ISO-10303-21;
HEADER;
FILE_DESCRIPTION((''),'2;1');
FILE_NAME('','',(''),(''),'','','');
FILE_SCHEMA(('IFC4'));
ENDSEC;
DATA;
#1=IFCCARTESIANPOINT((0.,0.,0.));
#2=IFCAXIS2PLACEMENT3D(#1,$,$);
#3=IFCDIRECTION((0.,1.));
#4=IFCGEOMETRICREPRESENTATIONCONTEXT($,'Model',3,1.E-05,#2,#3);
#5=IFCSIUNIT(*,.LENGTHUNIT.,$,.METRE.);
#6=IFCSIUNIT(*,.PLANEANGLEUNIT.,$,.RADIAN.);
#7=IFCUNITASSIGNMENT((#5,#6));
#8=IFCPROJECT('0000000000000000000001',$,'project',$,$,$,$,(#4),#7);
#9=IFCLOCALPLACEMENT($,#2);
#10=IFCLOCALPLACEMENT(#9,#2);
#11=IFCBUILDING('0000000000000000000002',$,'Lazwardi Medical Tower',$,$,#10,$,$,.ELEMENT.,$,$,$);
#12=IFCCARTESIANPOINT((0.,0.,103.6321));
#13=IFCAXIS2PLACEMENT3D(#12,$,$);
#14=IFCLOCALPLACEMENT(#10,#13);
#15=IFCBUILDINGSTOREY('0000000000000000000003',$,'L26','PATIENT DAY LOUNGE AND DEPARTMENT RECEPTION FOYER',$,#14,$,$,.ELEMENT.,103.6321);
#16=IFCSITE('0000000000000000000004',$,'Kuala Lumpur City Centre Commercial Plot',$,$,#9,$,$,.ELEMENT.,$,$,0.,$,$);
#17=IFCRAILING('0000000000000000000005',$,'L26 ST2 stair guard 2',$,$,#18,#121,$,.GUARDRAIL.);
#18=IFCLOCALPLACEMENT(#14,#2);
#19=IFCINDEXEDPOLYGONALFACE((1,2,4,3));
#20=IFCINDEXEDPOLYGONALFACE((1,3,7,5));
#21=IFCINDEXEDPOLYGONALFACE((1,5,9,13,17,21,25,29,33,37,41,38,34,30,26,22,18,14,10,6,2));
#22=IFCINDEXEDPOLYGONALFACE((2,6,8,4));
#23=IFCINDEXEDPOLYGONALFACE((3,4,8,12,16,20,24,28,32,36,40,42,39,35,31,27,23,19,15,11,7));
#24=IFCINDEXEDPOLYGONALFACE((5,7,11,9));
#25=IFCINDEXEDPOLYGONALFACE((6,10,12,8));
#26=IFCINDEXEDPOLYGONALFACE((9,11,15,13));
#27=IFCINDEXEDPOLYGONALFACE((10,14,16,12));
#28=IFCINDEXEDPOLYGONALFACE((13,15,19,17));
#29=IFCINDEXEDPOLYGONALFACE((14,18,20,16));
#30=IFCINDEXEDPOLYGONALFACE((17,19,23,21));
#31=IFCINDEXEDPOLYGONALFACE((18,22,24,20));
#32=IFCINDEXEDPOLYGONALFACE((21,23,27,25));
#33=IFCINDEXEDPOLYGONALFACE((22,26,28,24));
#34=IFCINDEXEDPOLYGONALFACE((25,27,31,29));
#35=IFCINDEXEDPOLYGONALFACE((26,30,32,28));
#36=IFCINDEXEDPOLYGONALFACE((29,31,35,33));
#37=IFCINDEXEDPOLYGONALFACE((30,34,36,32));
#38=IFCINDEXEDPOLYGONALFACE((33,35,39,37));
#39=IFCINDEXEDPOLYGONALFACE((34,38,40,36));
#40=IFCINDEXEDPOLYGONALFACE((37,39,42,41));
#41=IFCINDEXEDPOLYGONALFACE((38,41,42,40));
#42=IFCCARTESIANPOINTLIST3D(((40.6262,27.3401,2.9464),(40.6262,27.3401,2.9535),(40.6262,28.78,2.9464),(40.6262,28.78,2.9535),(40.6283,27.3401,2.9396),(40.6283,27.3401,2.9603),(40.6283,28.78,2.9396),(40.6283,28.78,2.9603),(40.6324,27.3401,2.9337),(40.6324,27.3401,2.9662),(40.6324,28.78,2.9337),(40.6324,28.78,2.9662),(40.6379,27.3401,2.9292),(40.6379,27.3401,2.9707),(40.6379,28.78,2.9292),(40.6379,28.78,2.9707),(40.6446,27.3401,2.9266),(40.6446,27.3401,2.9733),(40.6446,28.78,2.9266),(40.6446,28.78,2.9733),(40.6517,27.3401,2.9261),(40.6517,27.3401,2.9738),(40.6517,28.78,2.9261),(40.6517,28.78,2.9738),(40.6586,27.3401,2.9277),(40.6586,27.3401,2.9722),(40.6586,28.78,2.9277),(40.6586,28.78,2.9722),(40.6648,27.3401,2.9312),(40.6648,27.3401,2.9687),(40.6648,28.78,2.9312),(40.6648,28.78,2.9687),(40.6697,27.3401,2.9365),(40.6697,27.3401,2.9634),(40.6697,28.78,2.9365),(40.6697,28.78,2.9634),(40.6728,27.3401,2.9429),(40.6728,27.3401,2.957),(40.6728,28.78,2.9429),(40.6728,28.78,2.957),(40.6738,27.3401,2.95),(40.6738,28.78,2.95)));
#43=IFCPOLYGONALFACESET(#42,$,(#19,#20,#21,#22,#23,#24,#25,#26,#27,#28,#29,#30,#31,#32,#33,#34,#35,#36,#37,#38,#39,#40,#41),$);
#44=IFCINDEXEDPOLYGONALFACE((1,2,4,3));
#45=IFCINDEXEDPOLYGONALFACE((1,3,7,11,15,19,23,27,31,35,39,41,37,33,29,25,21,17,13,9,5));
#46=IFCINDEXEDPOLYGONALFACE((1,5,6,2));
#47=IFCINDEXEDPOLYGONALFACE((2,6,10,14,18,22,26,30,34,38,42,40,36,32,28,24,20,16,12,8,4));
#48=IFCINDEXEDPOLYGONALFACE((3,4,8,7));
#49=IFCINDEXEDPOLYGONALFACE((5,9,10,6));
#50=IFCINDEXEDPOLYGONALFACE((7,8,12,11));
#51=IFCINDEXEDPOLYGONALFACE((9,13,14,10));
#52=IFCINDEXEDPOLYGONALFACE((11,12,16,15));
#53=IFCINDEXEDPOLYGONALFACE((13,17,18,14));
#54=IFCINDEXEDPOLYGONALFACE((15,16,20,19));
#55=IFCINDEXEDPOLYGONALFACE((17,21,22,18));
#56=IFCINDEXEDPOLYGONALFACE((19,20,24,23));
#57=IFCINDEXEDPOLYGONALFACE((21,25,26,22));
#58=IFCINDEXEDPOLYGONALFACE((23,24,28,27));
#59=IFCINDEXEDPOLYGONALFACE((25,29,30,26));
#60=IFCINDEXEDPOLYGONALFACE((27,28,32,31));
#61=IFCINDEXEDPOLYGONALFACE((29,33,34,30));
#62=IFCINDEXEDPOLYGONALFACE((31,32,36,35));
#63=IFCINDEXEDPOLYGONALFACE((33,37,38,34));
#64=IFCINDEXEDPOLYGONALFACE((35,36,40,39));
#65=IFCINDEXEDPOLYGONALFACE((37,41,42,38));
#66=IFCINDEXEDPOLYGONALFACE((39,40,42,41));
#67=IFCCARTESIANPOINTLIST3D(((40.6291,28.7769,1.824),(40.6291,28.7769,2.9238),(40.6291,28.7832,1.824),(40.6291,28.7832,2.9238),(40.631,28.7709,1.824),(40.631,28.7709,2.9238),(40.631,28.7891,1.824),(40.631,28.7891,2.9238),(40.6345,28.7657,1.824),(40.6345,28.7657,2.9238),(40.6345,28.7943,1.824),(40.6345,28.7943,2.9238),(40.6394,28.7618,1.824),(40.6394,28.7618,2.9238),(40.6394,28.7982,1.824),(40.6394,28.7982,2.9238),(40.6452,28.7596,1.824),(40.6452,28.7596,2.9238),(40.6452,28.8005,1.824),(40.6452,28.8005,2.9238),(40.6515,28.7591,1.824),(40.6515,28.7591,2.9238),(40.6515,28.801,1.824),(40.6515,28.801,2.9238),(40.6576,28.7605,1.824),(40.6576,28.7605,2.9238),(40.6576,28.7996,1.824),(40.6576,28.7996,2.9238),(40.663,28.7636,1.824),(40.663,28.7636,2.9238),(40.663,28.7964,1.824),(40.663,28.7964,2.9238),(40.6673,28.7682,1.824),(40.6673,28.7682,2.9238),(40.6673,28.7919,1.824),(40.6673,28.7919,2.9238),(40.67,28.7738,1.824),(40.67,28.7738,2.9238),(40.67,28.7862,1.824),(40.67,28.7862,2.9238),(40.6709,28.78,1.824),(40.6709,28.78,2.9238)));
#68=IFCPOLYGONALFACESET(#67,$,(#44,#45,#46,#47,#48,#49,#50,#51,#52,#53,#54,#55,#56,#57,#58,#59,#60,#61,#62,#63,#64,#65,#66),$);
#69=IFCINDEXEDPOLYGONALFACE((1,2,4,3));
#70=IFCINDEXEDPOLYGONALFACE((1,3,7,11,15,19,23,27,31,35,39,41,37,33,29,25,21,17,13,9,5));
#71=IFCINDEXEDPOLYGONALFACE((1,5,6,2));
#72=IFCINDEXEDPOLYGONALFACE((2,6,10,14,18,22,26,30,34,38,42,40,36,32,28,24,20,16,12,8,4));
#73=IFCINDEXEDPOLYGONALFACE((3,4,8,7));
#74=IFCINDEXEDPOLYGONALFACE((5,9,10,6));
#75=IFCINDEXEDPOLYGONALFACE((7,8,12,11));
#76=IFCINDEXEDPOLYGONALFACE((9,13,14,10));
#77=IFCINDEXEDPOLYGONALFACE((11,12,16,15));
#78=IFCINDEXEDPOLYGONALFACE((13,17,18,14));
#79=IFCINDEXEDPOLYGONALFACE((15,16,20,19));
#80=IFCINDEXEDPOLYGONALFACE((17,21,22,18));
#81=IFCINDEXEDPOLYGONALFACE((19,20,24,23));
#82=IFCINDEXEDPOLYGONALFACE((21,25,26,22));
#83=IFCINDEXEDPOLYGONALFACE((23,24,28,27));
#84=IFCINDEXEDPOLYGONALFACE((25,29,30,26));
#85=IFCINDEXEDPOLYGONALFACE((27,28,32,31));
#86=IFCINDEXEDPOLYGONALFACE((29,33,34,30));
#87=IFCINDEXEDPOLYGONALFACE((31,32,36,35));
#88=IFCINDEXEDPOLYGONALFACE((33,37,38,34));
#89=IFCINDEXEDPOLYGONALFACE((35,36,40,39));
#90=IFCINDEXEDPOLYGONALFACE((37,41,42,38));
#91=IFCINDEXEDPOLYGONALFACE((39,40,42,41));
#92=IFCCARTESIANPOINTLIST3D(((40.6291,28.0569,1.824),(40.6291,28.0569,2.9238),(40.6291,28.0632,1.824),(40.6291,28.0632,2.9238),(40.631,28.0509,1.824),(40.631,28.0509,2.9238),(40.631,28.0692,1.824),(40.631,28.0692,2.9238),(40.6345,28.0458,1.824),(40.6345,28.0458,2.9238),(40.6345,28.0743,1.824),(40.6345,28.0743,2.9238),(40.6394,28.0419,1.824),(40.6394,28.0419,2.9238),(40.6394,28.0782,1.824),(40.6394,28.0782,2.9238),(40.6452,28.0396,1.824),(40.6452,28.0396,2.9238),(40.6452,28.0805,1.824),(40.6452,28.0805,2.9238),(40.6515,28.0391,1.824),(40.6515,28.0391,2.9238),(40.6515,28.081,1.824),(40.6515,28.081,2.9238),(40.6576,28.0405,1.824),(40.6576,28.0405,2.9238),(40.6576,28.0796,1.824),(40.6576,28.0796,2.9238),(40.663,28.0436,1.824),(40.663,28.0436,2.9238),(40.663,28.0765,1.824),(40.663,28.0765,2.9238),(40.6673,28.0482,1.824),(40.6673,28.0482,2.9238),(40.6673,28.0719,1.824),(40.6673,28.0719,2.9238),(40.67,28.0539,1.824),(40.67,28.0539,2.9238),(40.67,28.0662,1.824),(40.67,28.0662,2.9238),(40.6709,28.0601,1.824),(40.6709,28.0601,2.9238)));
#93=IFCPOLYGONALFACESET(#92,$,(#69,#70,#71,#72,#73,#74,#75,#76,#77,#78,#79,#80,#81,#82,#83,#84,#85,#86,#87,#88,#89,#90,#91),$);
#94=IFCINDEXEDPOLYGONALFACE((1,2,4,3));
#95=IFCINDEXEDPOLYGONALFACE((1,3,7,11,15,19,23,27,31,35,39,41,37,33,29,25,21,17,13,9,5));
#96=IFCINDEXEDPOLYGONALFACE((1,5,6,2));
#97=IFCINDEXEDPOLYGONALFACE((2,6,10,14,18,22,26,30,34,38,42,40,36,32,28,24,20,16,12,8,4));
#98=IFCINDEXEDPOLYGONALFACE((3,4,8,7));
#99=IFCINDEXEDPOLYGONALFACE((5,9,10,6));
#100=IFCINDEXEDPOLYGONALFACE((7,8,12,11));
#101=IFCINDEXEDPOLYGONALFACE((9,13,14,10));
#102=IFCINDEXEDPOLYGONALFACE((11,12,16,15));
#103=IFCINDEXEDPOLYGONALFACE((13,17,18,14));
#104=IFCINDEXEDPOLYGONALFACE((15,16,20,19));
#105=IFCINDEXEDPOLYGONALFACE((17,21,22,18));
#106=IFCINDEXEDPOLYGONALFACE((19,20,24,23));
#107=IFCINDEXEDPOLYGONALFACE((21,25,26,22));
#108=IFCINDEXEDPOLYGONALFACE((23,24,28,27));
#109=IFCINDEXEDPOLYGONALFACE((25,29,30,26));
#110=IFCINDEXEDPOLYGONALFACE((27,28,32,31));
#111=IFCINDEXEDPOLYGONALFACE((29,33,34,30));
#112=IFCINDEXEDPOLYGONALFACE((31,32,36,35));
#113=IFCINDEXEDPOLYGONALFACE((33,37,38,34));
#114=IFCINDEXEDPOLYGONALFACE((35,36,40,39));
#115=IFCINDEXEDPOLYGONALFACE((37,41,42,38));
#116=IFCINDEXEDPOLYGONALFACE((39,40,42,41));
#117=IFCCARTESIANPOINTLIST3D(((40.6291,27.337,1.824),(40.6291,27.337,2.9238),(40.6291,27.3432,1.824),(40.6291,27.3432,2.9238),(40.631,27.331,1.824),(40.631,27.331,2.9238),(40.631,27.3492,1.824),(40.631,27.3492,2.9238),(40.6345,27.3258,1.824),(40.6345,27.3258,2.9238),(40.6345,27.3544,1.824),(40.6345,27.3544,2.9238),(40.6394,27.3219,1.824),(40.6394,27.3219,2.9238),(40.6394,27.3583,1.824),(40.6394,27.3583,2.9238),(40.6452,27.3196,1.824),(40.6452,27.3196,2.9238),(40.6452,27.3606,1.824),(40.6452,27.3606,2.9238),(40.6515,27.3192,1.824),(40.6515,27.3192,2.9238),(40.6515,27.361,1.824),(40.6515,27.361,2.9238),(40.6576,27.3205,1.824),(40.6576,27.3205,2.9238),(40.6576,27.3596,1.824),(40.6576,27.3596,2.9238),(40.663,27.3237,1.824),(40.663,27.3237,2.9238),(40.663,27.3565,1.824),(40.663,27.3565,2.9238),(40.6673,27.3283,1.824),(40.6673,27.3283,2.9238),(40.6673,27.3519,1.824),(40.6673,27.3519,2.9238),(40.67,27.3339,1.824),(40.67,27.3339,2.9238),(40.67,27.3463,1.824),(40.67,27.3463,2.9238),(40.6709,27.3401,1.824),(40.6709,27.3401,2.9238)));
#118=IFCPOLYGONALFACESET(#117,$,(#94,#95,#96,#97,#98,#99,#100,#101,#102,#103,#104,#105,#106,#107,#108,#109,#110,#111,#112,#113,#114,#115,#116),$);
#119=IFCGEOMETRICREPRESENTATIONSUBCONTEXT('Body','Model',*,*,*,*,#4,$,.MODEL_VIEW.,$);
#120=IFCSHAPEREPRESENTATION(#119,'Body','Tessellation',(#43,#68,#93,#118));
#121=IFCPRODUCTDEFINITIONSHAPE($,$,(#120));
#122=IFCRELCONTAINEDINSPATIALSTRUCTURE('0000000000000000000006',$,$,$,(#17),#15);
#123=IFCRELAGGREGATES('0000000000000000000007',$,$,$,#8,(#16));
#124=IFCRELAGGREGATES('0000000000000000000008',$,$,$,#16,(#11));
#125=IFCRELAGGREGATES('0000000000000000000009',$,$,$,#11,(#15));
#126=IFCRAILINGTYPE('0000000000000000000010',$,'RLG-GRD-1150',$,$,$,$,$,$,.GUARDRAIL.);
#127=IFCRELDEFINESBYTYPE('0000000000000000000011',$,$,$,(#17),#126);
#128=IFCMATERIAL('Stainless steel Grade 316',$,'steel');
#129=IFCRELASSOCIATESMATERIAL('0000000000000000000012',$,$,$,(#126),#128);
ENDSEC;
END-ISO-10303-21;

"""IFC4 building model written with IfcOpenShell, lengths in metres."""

from ifc_helpers import new_model, si_unit, direction, frame, origin, origin_2d, place, context, subcontext, project, spatial, circle, extrude, material, type_object, element, save


model = new_model("IFC4")

# Units and contexts
model_context = context("Model", 3, precision=1e-05, world=origin(), true_north=direction((0.0, 1.0)))
body_context = subcontext(model_context, "Body", "Model", "MODEL_VIEW")
ifc_project = project(units=[si_unit("LENGTHUNIT", "METRE"), si_unit("PLANEANGLEUNIT", "RADIAN")], contexts=[model_context])

# Site, building, storey
site_placement = place(None, origin())
site = spatial("IfcSite", under=ifc_project, at=site_placement, Name="Kuala Lumpur City Centre Commercial Plot", CompositionType="ELEMENT", RefElevation=0.0)
building_placement = place(site_placement, origin())
building = spatial("IfcBuilding", under=site, at=building_placement, Name="Lazwardi Medical Tower", CompositionType="ELEMENT")
storey_placement = place(building_placement, frame((0.0, 0.0, 103.6321)))
storey = spatial("IfcBuildingStorey", under=building, at=storey_placement, Name="L26", Description="PATIENT DAY LOUNGE AND DEPARTMENT RECEPTION FOYER", CompositionType="ELEMENT", Elevation=103.6321)

# Railing
ifc_material_1 = material(Name="Stainless steel Grade 316", Category="steel")
railing_type_1 = type_object("IfcRailingType", Name="RLG-GRD-1150", PredefinedType="GUARDRAIL", material=ifc_material_1)
railing_1_placement = place(storey_placement, frame((40.6499, 28.78, 1.824)))
element("IfcRailing", 1, at=railing_1_placement, inside=storey, type_object=railing_type_1, Name="L26 ST2 stair guard 2", PredefinedType="GUARDRAIL", context=body_context, shape_type="SweptSolid", body=[
    extrude(circle(Radius=0.0239, at=origin_2d()), frame((0.0, 0.0, 1.126), z_axis=(0.0, -1.0, 0.0), x_axis=(1.0, 0.0, 0.0)), (0.0, 0.0, 1.0), 1.4399),
    extrude(circle(Radius=0.021, at=origin_2d()), origin(), (0.0, 0.0, 1.0), 1.0999),
    extrude(circle(Radius=0.021, at=origin_2d()), frame((0.0, -0.72, 0.0)), (0.0, 0.0, 1.0), 1.0999),
    extrude(circle(Radius=0.021, at=origin_2d()), frame((0.0, -1.4399, 0.0)), (0.0, 0.0, 1.0), 1.0999),
])

save(model, "model.ifc")
